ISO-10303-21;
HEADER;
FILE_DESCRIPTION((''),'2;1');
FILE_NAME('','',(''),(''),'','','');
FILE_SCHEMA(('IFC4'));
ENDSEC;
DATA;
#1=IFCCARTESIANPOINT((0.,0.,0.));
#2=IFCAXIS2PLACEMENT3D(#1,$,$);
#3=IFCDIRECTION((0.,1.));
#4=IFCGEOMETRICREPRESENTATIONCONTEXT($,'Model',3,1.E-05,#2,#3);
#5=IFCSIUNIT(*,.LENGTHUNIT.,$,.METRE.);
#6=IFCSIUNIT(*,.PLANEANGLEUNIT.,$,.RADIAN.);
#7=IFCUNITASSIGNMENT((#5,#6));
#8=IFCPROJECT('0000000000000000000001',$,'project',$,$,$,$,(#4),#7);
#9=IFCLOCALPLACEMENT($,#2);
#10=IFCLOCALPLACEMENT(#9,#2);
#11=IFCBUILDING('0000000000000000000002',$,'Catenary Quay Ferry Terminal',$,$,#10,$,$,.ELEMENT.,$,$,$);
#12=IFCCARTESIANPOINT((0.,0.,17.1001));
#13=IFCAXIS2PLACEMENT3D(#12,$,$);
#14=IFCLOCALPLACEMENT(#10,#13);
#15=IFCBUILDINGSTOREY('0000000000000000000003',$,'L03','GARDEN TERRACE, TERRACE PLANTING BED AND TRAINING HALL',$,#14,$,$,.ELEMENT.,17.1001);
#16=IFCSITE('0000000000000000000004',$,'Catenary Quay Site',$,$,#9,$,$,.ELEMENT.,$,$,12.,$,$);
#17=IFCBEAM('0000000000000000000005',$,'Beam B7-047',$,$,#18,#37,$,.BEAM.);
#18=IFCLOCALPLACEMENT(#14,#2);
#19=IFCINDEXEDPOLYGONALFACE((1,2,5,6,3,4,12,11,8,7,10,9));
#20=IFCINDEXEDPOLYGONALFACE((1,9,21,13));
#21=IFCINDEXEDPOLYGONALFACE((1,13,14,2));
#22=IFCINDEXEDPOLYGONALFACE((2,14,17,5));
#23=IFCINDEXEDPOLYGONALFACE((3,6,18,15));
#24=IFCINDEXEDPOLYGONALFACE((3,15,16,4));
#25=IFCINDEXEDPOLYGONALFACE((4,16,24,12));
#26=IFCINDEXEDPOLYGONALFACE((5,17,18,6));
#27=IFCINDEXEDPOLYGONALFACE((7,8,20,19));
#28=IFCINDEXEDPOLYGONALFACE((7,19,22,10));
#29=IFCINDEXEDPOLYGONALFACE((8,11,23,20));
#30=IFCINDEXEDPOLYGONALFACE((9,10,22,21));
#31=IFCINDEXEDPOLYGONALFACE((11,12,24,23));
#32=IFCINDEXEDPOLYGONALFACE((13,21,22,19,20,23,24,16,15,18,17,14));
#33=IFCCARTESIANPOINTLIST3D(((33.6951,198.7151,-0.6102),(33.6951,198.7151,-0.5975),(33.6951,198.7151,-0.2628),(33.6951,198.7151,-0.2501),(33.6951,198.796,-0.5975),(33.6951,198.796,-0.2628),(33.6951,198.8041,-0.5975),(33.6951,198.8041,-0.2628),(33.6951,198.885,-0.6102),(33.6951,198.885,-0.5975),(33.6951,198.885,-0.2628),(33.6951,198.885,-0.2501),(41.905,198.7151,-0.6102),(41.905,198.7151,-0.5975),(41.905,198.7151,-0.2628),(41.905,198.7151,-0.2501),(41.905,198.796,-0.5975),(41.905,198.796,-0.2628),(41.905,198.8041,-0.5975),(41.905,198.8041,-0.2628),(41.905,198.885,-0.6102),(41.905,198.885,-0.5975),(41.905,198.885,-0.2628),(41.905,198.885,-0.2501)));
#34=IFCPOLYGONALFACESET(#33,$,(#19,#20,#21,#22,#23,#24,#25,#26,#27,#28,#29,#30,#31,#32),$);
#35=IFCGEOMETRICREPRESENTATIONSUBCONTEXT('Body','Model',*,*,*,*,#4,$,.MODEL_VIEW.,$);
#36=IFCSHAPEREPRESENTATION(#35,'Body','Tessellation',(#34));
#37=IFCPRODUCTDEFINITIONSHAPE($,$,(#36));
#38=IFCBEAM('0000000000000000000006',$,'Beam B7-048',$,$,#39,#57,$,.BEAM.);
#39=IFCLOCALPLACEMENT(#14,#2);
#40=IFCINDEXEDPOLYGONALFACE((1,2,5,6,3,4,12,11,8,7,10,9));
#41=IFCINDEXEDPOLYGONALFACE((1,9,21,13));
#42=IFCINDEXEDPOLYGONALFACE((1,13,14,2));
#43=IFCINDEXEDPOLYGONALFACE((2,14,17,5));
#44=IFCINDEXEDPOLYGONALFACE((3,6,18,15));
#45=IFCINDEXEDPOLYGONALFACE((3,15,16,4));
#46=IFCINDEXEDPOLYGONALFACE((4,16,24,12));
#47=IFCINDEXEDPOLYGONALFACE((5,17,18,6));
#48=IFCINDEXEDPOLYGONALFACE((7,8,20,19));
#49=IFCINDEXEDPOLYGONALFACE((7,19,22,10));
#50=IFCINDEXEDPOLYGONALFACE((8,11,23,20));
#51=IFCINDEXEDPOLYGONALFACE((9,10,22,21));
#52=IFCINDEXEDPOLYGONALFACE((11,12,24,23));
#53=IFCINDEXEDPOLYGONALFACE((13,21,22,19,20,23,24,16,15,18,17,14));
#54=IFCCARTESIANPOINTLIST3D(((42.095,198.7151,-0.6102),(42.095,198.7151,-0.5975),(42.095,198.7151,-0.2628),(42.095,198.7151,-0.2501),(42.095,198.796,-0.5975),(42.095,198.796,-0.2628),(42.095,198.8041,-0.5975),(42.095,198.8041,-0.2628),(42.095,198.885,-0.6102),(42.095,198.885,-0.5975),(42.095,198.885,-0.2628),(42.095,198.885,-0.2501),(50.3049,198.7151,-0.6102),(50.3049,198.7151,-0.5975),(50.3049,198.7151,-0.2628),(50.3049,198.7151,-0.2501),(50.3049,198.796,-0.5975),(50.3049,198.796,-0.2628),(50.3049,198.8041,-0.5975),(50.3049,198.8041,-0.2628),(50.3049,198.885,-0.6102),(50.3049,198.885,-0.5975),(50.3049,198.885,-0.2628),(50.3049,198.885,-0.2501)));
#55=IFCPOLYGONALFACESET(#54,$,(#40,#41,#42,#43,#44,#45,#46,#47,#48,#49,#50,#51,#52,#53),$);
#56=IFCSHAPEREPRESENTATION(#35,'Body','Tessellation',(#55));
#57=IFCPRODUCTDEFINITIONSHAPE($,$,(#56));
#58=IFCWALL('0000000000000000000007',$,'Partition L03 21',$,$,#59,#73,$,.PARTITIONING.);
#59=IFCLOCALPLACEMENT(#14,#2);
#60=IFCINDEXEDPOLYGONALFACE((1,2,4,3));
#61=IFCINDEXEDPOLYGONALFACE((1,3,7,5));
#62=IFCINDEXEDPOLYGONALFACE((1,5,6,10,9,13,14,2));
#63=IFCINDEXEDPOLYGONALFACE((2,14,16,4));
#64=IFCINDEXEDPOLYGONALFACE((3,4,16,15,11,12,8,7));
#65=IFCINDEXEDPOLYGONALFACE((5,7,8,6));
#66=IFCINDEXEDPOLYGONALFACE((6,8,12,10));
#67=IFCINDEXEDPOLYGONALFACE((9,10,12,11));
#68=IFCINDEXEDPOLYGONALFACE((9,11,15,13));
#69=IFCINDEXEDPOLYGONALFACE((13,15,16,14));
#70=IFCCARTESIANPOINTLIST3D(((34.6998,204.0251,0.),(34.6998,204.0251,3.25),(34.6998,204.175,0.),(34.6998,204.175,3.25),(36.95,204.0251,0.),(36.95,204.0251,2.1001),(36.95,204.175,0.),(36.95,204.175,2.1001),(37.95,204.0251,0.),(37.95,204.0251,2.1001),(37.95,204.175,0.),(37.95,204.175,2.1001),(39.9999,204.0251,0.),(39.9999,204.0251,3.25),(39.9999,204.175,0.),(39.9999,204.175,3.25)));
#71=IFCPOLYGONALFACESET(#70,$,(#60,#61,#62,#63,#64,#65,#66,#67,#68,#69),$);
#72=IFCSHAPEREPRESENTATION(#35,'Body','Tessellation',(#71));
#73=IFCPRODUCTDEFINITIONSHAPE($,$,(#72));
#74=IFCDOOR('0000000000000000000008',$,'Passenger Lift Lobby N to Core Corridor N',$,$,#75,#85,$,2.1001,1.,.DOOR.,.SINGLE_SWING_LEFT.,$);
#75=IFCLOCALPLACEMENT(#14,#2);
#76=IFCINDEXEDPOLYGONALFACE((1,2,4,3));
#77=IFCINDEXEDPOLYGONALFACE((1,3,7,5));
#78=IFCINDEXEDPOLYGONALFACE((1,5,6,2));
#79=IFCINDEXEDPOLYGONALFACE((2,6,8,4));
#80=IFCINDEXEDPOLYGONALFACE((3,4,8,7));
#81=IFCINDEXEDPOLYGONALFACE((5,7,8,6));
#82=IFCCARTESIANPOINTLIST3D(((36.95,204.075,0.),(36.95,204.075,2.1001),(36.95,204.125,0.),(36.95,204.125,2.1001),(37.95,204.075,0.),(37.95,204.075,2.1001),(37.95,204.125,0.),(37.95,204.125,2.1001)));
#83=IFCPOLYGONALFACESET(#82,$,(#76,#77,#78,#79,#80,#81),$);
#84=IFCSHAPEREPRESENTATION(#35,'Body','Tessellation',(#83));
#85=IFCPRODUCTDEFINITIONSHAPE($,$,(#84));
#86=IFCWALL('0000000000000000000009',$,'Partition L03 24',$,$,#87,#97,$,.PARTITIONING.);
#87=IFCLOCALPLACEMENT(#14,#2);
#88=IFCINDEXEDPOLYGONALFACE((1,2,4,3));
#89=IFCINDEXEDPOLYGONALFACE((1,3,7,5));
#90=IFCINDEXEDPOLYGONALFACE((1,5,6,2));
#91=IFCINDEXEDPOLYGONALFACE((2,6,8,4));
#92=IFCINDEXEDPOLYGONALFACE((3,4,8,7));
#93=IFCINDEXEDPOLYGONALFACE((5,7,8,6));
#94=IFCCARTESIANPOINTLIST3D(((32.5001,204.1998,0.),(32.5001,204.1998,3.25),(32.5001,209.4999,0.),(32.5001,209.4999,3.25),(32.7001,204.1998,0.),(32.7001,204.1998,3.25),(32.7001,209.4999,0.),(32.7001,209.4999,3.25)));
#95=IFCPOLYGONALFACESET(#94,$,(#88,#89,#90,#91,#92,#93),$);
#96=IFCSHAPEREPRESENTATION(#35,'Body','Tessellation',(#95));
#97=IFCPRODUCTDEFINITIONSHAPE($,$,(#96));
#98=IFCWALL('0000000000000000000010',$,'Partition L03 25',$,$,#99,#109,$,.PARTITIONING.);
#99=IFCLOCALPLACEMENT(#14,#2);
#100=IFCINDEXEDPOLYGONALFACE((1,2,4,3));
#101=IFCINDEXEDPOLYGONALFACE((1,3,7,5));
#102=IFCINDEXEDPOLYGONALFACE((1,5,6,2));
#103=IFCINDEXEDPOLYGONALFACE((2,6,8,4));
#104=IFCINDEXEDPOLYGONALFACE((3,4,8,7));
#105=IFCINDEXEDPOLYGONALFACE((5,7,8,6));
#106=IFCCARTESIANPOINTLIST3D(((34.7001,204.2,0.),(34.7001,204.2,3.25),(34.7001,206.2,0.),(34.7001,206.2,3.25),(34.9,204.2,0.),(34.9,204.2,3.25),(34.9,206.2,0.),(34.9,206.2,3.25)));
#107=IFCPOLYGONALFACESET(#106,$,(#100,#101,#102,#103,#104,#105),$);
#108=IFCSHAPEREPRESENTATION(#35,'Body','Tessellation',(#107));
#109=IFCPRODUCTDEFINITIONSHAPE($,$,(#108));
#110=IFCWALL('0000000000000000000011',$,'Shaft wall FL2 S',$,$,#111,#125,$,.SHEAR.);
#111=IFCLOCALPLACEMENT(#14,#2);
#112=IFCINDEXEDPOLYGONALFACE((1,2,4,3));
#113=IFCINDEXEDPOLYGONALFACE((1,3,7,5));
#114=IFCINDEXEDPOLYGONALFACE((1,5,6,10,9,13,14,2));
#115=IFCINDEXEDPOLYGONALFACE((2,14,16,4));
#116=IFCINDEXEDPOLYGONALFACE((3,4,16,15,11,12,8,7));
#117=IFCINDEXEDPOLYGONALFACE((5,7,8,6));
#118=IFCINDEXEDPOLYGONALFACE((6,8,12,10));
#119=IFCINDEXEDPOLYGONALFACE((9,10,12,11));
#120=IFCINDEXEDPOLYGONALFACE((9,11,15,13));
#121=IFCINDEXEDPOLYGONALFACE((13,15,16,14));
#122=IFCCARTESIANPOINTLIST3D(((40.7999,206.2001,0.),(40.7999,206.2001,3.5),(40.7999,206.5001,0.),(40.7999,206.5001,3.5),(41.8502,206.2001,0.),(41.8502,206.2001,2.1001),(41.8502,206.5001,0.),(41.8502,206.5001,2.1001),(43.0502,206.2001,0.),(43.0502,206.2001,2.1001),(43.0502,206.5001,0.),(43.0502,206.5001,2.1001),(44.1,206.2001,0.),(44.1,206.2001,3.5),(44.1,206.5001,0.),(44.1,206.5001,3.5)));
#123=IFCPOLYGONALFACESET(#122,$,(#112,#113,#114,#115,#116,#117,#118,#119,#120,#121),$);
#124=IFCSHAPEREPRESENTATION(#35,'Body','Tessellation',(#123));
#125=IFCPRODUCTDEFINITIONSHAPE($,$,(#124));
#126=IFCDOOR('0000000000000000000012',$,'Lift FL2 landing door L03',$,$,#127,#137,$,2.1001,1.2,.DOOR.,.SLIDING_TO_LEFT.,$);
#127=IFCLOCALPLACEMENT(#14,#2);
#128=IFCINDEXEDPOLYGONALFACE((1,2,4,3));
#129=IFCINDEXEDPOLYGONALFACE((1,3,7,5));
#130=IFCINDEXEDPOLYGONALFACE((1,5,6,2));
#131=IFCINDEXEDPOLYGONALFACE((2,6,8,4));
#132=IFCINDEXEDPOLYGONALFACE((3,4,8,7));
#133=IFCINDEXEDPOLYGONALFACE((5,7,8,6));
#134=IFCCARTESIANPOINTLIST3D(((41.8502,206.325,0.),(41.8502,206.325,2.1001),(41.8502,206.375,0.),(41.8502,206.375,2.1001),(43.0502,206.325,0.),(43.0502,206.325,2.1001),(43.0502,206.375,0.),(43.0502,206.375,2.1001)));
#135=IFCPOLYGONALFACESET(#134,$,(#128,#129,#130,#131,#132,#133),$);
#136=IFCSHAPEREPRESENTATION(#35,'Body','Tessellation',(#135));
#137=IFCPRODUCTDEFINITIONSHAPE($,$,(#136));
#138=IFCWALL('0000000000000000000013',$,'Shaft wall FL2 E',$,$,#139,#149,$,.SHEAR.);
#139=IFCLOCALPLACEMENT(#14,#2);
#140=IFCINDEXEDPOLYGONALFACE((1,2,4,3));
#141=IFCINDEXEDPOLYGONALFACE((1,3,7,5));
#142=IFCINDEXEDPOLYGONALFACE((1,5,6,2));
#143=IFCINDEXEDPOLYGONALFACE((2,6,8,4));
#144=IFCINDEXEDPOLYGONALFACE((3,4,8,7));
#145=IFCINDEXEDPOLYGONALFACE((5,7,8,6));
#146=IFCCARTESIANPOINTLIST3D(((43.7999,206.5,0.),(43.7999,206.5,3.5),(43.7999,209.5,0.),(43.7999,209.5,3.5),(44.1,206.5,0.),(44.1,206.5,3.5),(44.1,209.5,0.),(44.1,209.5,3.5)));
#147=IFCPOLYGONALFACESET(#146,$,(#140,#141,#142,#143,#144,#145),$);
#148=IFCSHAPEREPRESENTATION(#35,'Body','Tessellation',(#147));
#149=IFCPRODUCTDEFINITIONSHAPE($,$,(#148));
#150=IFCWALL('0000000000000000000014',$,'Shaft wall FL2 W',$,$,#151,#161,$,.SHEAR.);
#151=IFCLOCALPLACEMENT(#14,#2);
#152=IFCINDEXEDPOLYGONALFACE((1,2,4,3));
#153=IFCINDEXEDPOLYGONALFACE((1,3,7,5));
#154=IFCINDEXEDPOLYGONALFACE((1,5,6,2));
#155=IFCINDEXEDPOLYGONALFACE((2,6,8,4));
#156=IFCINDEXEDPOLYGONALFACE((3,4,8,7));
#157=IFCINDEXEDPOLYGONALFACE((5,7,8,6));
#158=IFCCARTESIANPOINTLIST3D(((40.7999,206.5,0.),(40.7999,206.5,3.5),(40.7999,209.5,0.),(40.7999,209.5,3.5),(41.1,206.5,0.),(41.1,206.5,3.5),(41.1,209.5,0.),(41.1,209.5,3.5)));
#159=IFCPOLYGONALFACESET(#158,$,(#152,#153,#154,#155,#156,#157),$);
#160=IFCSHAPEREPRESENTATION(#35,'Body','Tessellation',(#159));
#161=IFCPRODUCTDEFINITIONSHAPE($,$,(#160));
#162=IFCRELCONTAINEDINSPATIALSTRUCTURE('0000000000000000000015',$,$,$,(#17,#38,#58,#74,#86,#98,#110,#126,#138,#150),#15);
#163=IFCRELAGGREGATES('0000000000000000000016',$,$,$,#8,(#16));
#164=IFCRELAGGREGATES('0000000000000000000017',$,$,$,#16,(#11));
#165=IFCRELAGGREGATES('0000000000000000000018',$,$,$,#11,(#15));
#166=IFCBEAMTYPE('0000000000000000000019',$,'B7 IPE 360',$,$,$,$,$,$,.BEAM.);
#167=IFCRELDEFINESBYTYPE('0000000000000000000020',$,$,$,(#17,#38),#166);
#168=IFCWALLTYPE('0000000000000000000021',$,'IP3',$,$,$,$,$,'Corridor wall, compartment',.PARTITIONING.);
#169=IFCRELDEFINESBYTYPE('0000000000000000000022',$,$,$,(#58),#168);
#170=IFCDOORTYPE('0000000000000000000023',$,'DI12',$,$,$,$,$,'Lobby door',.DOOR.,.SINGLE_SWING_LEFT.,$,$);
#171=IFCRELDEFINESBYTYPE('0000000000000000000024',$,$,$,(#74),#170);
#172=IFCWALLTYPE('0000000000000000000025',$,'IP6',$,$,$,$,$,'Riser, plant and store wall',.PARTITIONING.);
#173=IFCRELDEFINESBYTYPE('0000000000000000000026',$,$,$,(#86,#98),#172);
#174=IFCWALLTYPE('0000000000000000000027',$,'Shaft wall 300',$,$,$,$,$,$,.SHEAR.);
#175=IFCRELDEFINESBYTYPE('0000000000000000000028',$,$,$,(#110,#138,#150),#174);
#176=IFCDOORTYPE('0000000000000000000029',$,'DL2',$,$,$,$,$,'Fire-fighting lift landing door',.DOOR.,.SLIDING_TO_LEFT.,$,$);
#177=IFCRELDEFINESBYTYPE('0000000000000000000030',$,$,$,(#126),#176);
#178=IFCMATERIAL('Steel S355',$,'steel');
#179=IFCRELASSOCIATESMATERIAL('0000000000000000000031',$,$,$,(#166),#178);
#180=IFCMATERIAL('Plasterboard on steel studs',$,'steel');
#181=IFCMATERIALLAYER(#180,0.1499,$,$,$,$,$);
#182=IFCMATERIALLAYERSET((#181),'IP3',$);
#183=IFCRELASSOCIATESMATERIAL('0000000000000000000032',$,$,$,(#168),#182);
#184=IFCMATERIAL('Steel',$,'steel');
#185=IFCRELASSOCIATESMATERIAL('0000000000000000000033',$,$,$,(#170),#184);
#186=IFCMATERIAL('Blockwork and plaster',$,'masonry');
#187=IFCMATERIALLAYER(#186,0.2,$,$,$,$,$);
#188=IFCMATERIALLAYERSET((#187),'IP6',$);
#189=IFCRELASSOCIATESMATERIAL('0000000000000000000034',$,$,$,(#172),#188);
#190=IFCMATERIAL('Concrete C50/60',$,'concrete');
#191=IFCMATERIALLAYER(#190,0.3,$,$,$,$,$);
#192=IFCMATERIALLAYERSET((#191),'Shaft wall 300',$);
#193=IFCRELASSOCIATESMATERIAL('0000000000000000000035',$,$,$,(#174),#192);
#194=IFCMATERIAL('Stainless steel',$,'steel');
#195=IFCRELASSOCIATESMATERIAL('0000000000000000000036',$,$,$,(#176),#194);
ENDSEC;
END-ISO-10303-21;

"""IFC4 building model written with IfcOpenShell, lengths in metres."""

from ifc_helpers import new_model, si_unit, direction, frame, frame_2d, origin, origin_2d, place, context, subcontext, project, spatial, rectangle, i_section, extrude, material, layer, layer_set, material_profile, profile_set, type_object, element, fill, save


model = new_model("IFC4")

# Units and contexts
model_context = context("Model", 3, precision=1e-05, world=origin(), true_north=direction((0.0, 1.0)))
body_context = subcontext(model_context, "Body", "Model", "MODEL_VIEW")
ifc_project = project(units=[si_unit("LENGTHUNIT", "METRE"), si_unit("PLANEANGLEUNIT", "RADIAN")], contexts=[model_context])

# Site, building, storey
site_placement = place(None, origin())
site = spatial("IfcSite", under=ifc_project, at=site_placement, Name="Catenary Quay Site", CompositionType="ELEMENT", RefElevation=12.0)
building_placement = place(site_placement, origin())
building = spatial("IfcBuilding", under=site, at=building_placement, Name="Catenary Quay Ferry Terminal", CompositionType="ELEMENT")
storey_placement = place(building_placement, frame((0.0, 0.0, 17.1001)))
storey = spatial("IfcBuildingStorey", under=building, at=storey_placement, Name="L03", Description="GARDEN TERRACE, TERRACE PLANTING BED AND TRAINING HALL", CompositionType="ELEMENT", Elevation=17.1001)

# Beams
ifc_material_1 = material(Name="Steel S355", Category="steel")
ifc_material_profile = material_profile(ifc_material_1, i_section(OverallWidth=0.1699, OverallDepth=0.3601, WebThickness=0.0081, FlangeThickness=0.0127, at=origin_2d()), Name="IPE 360")
ifc_profile_set = profile_set([ifc_material_profile], Name="Steel S355")
beam_type = type_object("IfcBeamType", Name="B7 IPE 360", PredefinedType="BEAM", material=ifc_profile_set)
for number, where, z_axis, x_axis, name in (
    (1, (33.6951, 198.8, -0.4302), (1.0, 0.0, 0.0), (0.0, 1.0, 0.0), "Beam B7-047"),
    (2, (42.095, 198.8, -0.4302), (1.0, 0.0, 0.0), (0.0, 1.0, 0.0), "Beam B7-048"),
):
    element("IfcBeam", number, at=place(storey_placement, frame(where, z_axis=z_axis, x_axis=x_axis)), inside=storey, type_object=beam_type, Name=name, PredefinedType="BEAM", context=body_context, shape_type="SweptSolid", body=[
        extrude(i_section(OverallWidth=0.1699, OverallDepth=0.3601, WebThickness=0.0081, FlangeThickness=0.0127, at=origin_2d()), origin(), (0.0, 0.0, 1.0), 8.21),
    ])

# Wall, opening, door
ifc_material_2 = material(Name="Plasterboard on steel studs", Category="steel")
ifc_layer_1 = layer(ifc_material_2, 0.1499)
ifc_layer_set_1 = layer_set([ifc_layer_1], Name="IP3")
wall_type_1 = type_object("IfcWallType", Name="IP3", ElementType="Corridor wall, compartment", PredefinedType="PARTITIONING", material=ifc_layer_set_1)
wall_1_placement = place(storey_placement, frame((34.7, 204.1001, 0.0), z_axis=(0.0, 0.0, 1.0), x_axis=(1.0, 0.0, 0.0)))
wall_1 = element("IfcWall", 3, at=wall_1_placement, inside=storey, type_object=wall_type_1, Name="Partition L03 21", PredefinedType="PARTITIONING", context=body_context, shape_type="SweptSolid", body=[
    extrude(rectangle(XDim=5.3, YDim=0.1499, at=frame_2d((2.6499, 0.0))), origin(), (0.0, 0.0, 1.0), 3.25),
])
opening_1_placement = place(wall_1_placement, frame((2.25, 0.0, 0.0)))
opening_1 = element("IfcOpeningElement", 4, at=opening_1_placement, cuts=wall_1, PredefinedType="OPENING", context=body_context, shape_type="SweptSolid", body=[
    extrude(rectangle(XDim=1.0, YDim=2.1001, at=frame_2d((0.5, 1.05))), frame((0.0, 0.085, 0.0), z_axis=(0.0, -1.0, 0.0), x_axis=(1.0, 0.0, 0.0)), (0.0, 0.0, 1.0), 0.1699),
])
ifc_material_3 = material(Name="Steel", Category="steel")
door_type_1 = type_object("IfcDoorType", Name="DI12", ElementType="Lobby door", OperationType="SINGLE_SWING_LEFT", PredefinedType="DOOR", material=ifc_material_3)
door_1_placement = place(opening_1_placement, origin())
door_1 = element("IfcDoor", 5, at=door_1_placement, inside=storey, type_object=door_type_1, Name="Passenger Lift Lobby N to Core Corridor N", OperationType="SINGLE_SWING_LEFT", OverallHeight=2.1001, OverallWidth=1.0, PredefinedType="DOOR", context=body_context, shape_type="SweptSolid", body=[
    extrude(rectangle(XDim=1.0, YDim=2.1001, at=frame_2d((0.5, 1.05))), frame((0.0, 0.0249, 0.0), z_axis=(0.0, -1.0, 0.0), x_axis=(1.0, 0.0, 0.0)), (0.0, 0.0, 1.0), 0.05),
])
fill(opening_1, door_1)

# Walls
ifc_material_4 = material(Name="Blockwork and plaster", Category="masonry")
ifc_layer_2 = layer(ifc_material_4, 0.2)
ifc_layer_set_2 = layer_set([ifc_layer_2], Name="IP6")
wall_type_2 = type_object("IfcWallType", Name="IP6", ElementType="Riser, plant and store wall", PredefinedType="PARTITIONING", material=ifc_layer_set_2)
wall_2_placement = place(storey_placement, frame((32.6001, 204.2, 0.0), z_axis=(0.0, 0.0, 1.0), x_axis=(0.0, 1.0, 0.0)))
element("IfcWall", 6, at=wall_2_placement, inside=storey, type_object=wall_type_2, Name="Partition L03 24", PredefinedType="PARTITIONING", context=body_context, shape_type="SweptSolid", body=[
    extrude(rectangle(XDim=5.3, YDim=0.2, at=frame_2d((2.6499, 0.0))), origin(), (0.0, 0.0, 1.0), 3.25),
])
wall_3_placement = place(storey_placement, frame((34.8, 204.2, 0.0), z_axis=(0.0, 0.0, 1.0), x_axis=(0.0, 1.0, 0.0)))
element("IfcWall", 7, at=wall_3_placement, inside=storey, type_object=wall_type_2, Name="Partition L03 25", PredefinedType="PARTITIONING", context=body_context, shape_type="SweptSolid", body=[
    extrude(rectangle(XDim=2.0, YDim=0.2, at=frame_2d((1.0, 0.0))), origin(), (0.0, 0.0, 1.0), 3.25),
])

# Wall, opening, door
ifc_material_5 = material(Name="Concrete C50/60", Category="concrete")
ifc_layer_3 = layer(ifc_material_5, 0.3)
ifc_layer_set_3 = layer_set([ifc_layer_3], Name="Shaft wall 300")
wall_type_3 = type_object("IfcWallType", Name="Shaft wall 300", PredefinedType="SHEAR", material=ifc_layer_set_3)
wall_4_placement = place(storey_placement, frame((40.8, 206.3501, 0.0), z_axis=(0.0, 0.0, 1.0), x_axis=(1.0, 0.0, 0.0)))
wall_4 = element("IfcWall", 8, at=wall_4_placement, inside=storey, type_object=wall_type_3, Name="Shaft wall FL2 S", PredefinedType="SHEAR", context=body_context, shape_type="SweptSolid", body=[
    extrude(rectangle(XDim=3.3, YDim=0.3, at=frame_2d((1.6499, 0.0))), origin(), (0.0, 0.0, 1.0), 3.5),
])
opening_2_placement = place(wall_4_placement, frame((1.05, 0.0, 0.0)))
opening_2 = element("IfcOpeningElement", 9, at=opening_2_placement, cuts=wall_4, PredefinedType="OPENING", context=body_context, shape_type="SweptSolid", body=[
    extrude(rectangle(XDim=1.2, YDim=2.1001, at=frame_2d((0.6001, 1.05))), frame((0.0, 0.1599, 0.0), z_axis=(0.0, -1.0, 0.0), x_axis=(1.0, 0.0, 0.0)), (0.0, 0.0, 1.0), 0.3201),
])
ifc_material_6 = material(Name="Stainless steel", Category="steel")
door_type_2 = type_object("IfcDoorType", Name="DL2", ElementType="Fire-fighting lift landing door", OperationType="SLIDING_TO_LEFT", PredefinedType="DOOR", material=ifc_material_6)
door_2_placement = place(opening_2_placement, origin())
door_2 = element("IfcDoor", 10, at=door_2_placement, inside=storey, type_object=door_type_2, Name="Lift FL2 landing door L03", OperationType="SLIDING_TO_LEFT", OverallHeight=2.1001, OverallWidth=1.2, PredefinedType="DOOR", context=body_context, shape_type="SweptSolid", body=[
    extrude(rectangle(XDim=1.2, YDim=2.1001, at=frame_2d((0.6001, 1.05))), frame((0.0, 0.0249, 0.0), z_axis=(0.0, -1.0, 0.0), x_axis=(1.0, 0.0, 0.0)), (0.0, 0.0, 1.0), 0.05),
])
fill(opening_2, door_2)

# Walls
for number, where, z_axis, x_axis, name in (
    (11, (43.95, 206.5, 0.0), (0.0, 0.0, 1.0), (0.0, 1.0, 0.0), "Shaft wall FL2 E"),
    (12, (40.95, 206.5, 0.0), (0.0, 0.0, 1.0), (0.0, 1.0, 0.0), "Shaft wall FL2 W"),
):
    element("IfcWall", number, at=place(storey_placement, frame(where, z_axis=z_axis, x_axis=x_axis)), inside=storey, type_object=wall_type_3, Name=name, PredefinedType="SHEAR", context=body_context, shape_type="SweptSolid", body=[
        extrude(rectangle(XDim=3.0, YDim=0.3, at=frame_2d((1.5, 0.0))), origin(), (0.0, 0.0, 1.0), 3.5),
    ])

save(model, "model.ifc")
